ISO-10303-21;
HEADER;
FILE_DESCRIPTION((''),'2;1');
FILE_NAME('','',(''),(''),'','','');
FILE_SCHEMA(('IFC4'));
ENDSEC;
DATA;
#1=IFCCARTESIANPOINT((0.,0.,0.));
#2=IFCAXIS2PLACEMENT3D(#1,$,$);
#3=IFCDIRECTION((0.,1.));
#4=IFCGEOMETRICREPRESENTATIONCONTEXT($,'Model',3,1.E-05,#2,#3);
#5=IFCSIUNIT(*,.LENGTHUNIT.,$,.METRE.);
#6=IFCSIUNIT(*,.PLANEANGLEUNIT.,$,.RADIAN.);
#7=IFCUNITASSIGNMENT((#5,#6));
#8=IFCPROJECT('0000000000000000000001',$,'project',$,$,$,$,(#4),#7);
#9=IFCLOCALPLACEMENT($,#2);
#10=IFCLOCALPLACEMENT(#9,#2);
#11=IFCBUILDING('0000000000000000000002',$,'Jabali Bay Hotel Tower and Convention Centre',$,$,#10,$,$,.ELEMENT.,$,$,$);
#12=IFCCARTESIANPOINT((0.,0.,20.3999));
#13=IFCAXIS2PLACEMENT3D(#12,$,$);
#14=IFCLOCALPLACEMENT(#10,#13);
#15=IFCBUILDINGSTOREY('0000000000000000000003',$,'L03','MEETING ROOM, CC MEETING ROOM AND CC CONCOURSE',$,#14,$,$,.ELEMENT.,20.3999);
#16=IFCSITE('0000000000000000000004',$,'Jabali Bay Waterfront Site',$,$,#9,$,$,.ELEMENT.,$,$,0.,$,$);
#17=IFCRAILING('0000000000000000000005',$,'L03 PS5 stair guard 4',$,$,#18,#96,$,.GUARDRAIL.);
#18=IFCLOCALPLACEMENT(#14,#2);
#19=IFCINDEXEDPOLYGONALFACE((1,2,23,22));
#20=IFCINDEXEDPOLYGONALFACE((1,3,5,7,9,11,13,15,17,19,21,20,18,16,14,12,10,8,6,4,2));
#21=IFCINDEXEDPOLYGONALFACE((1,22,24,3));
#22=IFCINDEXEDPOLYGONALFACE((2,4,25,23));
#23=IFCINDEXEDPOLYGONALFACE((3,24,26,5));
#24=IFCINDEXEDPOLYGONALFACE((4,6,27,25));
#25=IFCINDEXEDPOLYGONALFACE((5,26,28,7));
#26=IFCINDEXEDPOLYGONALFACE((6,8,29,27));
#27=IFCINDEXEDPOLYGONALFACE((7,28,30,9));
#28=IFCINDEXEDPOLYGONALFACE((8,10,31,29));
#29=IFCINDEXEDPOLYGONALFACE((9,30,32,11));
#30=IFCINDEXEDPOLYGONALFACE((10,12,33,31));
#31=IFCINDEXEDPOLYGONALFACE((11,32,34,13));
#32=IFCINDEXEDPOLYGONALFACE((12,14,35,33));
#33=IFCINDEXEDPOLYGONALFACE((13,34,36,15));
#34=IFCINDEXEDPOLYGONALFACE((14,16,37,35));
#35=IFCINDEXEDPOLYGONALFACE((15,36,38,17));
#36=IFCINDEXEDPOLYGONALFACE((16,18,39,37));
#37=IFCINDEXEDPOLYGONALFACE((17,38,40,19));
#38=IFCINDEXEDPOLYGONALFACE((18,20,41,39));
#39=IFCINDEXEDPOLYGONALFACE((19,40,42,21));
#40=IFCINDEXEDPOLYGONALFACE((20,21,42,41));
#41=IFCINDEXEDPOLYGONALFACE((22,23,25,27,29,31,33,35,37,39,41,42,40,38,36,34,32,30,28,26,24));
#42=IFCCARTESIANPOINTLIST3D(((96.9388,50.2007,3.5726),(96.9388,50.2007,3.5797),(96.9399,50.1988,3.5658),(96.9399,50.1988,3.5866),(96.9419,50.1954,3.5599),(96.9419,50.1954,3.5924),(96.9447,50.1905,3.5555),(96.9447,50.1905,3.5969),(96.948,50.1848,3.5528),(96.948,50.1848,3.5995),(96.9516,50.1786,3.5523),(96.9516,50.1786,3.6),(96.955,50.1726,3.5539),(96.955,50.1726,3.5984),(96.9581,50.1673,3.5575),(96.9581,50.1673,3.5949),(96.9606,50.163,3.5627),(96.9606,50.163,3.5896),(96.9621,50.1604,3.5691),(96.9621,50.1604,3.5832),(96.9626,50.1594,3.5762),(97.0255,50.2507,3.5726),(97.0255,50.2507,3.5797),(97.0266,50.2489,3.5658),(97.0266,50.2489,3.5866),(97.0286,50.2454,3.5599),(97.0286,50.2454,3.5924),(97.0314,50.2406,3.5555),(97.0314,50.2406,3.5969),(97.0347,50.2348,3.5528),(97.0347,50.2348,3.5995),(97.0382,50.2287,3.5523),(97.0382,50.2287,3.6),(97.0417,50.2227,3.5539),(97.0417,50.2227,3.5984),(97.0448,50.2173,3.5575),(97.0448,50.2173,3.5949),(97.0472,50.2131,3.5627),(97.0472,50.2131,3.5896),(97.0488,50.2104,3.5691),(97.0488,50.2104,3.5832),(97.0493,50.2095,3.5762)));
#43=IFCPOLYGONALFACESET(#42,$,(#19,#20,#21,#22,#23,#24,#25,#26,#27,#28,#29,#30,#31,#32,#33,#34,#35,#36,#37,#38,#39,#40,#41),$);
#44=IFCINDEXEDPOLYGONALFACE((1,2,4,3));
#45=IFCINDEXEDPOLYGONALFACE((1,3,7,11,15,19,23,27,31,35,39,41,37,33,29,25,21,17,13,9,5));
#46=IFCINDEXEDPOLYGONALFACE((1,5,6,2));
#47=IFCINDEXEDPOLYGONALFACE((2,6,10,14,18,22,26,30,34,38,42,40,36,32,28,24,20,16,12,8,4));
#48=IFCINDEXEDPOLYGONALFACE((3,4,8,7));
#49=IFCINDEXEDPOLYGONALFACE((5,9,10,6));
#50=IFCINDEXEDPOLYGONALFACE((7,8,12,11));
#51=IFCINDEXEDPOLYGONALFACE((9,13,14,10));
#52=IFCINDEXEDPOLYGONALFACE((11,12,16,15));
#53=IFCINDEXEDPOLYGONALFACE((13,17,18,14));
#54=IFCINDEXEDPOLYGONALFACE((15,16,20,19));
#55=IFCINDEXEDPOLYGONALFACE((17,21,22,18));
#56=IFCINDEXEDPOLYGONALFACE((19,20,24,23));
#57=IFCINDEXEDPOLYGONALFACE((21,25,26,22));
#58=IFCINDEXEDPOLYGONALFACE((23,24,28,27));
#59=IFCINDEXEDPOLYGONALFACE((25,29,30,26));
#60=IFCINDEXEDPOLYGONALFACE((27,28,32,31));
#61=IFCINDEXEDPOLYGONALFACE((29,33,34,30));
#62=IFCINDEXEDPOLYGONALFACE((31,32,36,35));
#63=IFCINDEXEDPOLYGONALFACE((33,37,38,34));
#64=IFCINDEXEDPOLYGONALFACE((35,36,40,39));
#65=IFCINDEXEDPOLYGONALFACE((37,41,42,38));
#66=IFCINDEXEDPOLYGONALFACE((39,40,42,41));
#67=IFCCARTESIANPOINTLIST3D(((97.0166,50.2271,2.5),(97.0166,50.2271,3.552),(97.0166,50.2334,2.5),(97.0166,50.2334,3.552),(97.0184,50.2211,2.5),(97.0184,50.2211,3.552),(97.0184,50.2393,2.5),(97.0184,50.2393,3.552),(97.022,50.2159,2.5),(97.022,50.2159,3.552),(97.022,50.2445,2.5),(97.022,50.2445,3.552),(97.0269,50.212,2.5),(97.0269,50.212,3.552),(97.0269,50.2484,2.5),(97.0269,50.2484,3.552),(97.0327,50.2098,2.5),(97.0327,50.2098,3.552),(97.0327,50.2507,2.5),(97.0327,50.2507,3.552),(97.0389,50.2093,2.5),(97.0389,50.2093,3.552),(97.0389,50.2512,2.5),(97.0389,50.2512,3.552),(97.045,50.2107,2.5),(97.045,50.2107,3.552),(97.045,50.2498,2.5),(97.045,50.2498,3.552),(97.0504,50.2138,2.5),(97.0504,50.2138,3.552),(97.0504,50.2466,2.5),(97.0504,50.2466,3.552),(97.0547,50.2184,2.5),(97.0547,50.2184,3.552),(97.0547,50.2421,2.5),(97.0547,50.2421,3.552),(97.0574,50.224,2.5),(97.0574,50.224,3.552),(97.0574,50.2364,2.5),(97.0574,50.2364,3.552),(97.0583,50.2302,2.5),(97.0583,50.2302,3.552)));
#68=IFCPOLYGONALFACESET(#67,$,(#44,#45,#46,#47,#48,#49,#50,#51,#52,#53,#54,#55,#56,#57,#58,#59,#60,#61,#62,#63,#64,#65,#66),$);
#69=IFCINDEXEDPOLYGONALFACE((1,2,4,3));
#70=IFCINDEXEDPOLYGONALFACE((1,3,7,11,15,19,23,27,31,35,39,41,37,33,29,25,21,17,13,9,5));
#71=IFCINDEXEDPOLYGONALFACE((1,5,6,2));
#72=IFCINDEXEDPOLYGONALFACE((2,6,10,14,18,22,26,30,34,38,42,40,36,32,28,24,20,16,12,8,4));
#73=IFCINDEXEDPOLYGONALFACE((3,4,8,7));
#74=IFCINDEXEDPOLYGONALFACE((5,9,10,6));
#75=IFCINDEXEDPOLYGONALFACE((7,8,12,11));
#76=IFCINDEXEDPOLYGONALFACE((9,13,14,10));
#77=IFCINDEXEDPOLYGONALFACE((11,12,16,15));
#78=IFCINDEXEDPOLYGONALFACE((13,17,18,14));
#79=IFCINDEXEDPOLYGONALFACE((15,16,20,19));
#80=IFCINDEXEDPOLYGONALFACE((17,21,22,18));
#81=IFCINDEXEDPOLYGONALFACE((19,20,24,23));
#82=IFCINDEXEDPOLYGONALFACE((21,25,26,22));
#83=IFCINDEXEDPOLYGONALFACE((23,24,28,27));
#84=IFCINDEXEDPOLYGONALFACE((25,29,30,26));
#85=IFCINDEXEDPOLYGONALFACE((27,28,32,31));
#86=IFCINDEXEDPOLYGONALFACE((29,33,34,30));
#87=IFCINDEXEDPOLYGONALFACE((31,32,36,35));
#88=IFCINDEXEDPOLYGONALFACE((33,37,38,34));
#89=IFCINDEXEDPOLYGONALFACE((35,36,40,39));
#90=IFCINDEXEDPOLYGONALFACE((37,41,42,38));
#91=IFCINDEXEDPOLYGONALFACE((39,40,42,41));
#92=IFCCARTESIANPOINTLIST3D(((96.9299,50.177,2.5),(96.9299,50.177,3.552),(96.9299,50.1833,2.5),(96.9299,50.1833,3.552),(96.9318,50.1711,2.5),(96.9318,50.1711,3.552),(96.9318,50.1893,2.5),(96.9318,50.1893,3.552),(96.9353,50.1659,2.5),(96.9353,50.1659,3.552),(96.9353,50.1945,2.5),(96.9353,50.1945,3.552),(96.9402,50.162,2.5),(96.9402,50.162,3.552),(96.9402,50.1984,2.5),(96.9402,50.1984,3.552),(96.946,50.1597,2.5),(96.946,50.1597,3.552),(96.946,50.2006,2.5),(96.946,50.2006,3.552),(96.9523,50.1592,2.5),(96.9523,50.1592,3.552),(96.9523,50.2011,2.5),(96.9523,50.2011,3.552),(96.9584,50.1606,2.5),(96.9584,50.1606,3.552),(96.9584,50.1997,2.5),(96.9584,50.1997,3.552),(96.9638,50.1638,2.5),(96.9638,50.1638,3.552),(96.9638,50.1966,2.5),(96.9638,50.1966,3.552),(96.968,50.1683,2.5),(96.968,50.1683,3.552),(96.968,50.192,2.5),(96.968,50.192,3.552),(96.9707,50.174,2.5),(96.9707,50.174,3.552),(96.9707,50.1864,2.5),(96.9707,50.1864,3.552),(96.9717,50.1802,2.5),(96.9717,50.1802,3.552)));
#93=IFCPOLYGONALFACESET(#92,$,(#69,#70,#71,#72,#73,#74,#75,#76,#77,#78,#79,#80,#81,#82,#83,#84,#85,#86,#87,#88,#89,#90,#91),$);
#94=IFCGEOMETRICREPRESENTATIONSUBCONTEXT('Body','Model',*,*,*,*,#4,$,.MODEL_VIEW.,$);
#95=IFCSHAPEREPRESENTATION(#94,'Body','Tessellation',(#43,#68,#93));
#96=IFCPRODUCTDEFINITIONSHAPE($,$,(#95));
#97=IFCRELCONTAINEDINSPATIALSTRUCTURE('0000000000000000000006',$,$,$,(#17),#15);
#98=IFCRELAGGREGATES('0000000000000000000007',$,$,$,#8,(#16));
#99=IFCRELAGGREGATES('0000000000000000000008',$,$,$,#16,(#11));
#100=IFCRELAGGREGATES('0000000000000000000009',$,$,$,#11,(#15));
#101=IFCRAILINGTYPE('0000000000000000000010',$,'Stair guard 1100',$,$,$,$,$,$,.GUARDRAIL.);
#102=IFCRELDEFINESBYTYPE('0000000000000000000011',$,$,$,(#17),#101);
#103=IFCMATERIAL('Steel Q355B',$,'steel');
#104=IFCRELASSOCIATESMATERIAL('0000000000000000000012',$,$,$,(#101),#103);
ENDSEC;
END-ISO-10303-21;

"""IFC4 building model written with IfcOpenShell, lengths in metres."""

from ifc_helpers import new_model, si_unit, direction, frame, origin, origin_2d, place, context, subcontext, project, spatial, circle, extrude, material, type_object, element, save


model = new_model("IFC4")

# Units and contexts
model_context = context("Model", 3, precision=1e-05, world=origin(), true_north=direction((0.0, 1.0)))
body_context = subcontext(model_context, "Body", "Model", "MODEL_VIEW")
ifc_project = project(units=[si_unit("LENGTHUNIT", "METRE"), si_unit("PLANEANGLEUNIT", "RADIAN")], contexts=[model_context])

# Site, building, storey
site_placement = place(None, origin())
site = spatial("IfcSite", under=ifc_project, at=site_placement, Name="Jabali Bay Waterfront Site", CompositionType="ELEMENT", RefElevation=0.0)
building_placement = place(site_placement, origin())
building = spatial("IfcBuilding", under=site, at=building_placement, Name="Jabali Bay Hotel Tower and Convention Centre", CompositionType="ELEMENT")
storey_placement = place(building_placement, frame((0.0, 0.0, 20.3999)))
storey = spatial("IfcBuildingStorey", under=building, at=storey_placement, Name="L03", Description="MEETING ROOM, CC MEETING ROOM AND CC CONCOURSE", CompositionType="ELEMENT", Elevation=20.3999)

# Railing
ifc_material_1 = material(Name="Steel Q355B", Category="steel")
railing_type_1 = type_object("IfcRailingType", Name="Stair guard 1100", PredefinedType="GUARDRAIL", material=ifc_material_1)
railing_1_placement = place(storey_placement, frame((97.0374, 50.2302, 2.5)))
element("IfcRailing", 1, at=railing_1_placement, inside=storey, type_object=railing_type_1, Name="L03 PS5 stair guard 4", PredefinedType="GUARDRAIL", context=body_context, shape_type="SweptSolid", body=[
    extrude(circle(Radius=0.0239, at=origin_2d()), frame((0.0, 0.0, 1.0762), z_axis=(-0.865982, -0.500074, 0.0), x_axis=(0.500074, -0.865982, 0.0)), (0.0, 0.0, 1.0), 0.1001),
    extrude(circle(Radius=0.021, at=origin_2d()), origin(), (0.0, 0.0, 1.0), 1.052),
    extrude(circle(Radius=0.021, at=origin_2d()), frame((-0.0867, -0.05, 0.0)), (0.0, 0.0, 1.0), 1.052),
])

save(model, "model.ifc")
